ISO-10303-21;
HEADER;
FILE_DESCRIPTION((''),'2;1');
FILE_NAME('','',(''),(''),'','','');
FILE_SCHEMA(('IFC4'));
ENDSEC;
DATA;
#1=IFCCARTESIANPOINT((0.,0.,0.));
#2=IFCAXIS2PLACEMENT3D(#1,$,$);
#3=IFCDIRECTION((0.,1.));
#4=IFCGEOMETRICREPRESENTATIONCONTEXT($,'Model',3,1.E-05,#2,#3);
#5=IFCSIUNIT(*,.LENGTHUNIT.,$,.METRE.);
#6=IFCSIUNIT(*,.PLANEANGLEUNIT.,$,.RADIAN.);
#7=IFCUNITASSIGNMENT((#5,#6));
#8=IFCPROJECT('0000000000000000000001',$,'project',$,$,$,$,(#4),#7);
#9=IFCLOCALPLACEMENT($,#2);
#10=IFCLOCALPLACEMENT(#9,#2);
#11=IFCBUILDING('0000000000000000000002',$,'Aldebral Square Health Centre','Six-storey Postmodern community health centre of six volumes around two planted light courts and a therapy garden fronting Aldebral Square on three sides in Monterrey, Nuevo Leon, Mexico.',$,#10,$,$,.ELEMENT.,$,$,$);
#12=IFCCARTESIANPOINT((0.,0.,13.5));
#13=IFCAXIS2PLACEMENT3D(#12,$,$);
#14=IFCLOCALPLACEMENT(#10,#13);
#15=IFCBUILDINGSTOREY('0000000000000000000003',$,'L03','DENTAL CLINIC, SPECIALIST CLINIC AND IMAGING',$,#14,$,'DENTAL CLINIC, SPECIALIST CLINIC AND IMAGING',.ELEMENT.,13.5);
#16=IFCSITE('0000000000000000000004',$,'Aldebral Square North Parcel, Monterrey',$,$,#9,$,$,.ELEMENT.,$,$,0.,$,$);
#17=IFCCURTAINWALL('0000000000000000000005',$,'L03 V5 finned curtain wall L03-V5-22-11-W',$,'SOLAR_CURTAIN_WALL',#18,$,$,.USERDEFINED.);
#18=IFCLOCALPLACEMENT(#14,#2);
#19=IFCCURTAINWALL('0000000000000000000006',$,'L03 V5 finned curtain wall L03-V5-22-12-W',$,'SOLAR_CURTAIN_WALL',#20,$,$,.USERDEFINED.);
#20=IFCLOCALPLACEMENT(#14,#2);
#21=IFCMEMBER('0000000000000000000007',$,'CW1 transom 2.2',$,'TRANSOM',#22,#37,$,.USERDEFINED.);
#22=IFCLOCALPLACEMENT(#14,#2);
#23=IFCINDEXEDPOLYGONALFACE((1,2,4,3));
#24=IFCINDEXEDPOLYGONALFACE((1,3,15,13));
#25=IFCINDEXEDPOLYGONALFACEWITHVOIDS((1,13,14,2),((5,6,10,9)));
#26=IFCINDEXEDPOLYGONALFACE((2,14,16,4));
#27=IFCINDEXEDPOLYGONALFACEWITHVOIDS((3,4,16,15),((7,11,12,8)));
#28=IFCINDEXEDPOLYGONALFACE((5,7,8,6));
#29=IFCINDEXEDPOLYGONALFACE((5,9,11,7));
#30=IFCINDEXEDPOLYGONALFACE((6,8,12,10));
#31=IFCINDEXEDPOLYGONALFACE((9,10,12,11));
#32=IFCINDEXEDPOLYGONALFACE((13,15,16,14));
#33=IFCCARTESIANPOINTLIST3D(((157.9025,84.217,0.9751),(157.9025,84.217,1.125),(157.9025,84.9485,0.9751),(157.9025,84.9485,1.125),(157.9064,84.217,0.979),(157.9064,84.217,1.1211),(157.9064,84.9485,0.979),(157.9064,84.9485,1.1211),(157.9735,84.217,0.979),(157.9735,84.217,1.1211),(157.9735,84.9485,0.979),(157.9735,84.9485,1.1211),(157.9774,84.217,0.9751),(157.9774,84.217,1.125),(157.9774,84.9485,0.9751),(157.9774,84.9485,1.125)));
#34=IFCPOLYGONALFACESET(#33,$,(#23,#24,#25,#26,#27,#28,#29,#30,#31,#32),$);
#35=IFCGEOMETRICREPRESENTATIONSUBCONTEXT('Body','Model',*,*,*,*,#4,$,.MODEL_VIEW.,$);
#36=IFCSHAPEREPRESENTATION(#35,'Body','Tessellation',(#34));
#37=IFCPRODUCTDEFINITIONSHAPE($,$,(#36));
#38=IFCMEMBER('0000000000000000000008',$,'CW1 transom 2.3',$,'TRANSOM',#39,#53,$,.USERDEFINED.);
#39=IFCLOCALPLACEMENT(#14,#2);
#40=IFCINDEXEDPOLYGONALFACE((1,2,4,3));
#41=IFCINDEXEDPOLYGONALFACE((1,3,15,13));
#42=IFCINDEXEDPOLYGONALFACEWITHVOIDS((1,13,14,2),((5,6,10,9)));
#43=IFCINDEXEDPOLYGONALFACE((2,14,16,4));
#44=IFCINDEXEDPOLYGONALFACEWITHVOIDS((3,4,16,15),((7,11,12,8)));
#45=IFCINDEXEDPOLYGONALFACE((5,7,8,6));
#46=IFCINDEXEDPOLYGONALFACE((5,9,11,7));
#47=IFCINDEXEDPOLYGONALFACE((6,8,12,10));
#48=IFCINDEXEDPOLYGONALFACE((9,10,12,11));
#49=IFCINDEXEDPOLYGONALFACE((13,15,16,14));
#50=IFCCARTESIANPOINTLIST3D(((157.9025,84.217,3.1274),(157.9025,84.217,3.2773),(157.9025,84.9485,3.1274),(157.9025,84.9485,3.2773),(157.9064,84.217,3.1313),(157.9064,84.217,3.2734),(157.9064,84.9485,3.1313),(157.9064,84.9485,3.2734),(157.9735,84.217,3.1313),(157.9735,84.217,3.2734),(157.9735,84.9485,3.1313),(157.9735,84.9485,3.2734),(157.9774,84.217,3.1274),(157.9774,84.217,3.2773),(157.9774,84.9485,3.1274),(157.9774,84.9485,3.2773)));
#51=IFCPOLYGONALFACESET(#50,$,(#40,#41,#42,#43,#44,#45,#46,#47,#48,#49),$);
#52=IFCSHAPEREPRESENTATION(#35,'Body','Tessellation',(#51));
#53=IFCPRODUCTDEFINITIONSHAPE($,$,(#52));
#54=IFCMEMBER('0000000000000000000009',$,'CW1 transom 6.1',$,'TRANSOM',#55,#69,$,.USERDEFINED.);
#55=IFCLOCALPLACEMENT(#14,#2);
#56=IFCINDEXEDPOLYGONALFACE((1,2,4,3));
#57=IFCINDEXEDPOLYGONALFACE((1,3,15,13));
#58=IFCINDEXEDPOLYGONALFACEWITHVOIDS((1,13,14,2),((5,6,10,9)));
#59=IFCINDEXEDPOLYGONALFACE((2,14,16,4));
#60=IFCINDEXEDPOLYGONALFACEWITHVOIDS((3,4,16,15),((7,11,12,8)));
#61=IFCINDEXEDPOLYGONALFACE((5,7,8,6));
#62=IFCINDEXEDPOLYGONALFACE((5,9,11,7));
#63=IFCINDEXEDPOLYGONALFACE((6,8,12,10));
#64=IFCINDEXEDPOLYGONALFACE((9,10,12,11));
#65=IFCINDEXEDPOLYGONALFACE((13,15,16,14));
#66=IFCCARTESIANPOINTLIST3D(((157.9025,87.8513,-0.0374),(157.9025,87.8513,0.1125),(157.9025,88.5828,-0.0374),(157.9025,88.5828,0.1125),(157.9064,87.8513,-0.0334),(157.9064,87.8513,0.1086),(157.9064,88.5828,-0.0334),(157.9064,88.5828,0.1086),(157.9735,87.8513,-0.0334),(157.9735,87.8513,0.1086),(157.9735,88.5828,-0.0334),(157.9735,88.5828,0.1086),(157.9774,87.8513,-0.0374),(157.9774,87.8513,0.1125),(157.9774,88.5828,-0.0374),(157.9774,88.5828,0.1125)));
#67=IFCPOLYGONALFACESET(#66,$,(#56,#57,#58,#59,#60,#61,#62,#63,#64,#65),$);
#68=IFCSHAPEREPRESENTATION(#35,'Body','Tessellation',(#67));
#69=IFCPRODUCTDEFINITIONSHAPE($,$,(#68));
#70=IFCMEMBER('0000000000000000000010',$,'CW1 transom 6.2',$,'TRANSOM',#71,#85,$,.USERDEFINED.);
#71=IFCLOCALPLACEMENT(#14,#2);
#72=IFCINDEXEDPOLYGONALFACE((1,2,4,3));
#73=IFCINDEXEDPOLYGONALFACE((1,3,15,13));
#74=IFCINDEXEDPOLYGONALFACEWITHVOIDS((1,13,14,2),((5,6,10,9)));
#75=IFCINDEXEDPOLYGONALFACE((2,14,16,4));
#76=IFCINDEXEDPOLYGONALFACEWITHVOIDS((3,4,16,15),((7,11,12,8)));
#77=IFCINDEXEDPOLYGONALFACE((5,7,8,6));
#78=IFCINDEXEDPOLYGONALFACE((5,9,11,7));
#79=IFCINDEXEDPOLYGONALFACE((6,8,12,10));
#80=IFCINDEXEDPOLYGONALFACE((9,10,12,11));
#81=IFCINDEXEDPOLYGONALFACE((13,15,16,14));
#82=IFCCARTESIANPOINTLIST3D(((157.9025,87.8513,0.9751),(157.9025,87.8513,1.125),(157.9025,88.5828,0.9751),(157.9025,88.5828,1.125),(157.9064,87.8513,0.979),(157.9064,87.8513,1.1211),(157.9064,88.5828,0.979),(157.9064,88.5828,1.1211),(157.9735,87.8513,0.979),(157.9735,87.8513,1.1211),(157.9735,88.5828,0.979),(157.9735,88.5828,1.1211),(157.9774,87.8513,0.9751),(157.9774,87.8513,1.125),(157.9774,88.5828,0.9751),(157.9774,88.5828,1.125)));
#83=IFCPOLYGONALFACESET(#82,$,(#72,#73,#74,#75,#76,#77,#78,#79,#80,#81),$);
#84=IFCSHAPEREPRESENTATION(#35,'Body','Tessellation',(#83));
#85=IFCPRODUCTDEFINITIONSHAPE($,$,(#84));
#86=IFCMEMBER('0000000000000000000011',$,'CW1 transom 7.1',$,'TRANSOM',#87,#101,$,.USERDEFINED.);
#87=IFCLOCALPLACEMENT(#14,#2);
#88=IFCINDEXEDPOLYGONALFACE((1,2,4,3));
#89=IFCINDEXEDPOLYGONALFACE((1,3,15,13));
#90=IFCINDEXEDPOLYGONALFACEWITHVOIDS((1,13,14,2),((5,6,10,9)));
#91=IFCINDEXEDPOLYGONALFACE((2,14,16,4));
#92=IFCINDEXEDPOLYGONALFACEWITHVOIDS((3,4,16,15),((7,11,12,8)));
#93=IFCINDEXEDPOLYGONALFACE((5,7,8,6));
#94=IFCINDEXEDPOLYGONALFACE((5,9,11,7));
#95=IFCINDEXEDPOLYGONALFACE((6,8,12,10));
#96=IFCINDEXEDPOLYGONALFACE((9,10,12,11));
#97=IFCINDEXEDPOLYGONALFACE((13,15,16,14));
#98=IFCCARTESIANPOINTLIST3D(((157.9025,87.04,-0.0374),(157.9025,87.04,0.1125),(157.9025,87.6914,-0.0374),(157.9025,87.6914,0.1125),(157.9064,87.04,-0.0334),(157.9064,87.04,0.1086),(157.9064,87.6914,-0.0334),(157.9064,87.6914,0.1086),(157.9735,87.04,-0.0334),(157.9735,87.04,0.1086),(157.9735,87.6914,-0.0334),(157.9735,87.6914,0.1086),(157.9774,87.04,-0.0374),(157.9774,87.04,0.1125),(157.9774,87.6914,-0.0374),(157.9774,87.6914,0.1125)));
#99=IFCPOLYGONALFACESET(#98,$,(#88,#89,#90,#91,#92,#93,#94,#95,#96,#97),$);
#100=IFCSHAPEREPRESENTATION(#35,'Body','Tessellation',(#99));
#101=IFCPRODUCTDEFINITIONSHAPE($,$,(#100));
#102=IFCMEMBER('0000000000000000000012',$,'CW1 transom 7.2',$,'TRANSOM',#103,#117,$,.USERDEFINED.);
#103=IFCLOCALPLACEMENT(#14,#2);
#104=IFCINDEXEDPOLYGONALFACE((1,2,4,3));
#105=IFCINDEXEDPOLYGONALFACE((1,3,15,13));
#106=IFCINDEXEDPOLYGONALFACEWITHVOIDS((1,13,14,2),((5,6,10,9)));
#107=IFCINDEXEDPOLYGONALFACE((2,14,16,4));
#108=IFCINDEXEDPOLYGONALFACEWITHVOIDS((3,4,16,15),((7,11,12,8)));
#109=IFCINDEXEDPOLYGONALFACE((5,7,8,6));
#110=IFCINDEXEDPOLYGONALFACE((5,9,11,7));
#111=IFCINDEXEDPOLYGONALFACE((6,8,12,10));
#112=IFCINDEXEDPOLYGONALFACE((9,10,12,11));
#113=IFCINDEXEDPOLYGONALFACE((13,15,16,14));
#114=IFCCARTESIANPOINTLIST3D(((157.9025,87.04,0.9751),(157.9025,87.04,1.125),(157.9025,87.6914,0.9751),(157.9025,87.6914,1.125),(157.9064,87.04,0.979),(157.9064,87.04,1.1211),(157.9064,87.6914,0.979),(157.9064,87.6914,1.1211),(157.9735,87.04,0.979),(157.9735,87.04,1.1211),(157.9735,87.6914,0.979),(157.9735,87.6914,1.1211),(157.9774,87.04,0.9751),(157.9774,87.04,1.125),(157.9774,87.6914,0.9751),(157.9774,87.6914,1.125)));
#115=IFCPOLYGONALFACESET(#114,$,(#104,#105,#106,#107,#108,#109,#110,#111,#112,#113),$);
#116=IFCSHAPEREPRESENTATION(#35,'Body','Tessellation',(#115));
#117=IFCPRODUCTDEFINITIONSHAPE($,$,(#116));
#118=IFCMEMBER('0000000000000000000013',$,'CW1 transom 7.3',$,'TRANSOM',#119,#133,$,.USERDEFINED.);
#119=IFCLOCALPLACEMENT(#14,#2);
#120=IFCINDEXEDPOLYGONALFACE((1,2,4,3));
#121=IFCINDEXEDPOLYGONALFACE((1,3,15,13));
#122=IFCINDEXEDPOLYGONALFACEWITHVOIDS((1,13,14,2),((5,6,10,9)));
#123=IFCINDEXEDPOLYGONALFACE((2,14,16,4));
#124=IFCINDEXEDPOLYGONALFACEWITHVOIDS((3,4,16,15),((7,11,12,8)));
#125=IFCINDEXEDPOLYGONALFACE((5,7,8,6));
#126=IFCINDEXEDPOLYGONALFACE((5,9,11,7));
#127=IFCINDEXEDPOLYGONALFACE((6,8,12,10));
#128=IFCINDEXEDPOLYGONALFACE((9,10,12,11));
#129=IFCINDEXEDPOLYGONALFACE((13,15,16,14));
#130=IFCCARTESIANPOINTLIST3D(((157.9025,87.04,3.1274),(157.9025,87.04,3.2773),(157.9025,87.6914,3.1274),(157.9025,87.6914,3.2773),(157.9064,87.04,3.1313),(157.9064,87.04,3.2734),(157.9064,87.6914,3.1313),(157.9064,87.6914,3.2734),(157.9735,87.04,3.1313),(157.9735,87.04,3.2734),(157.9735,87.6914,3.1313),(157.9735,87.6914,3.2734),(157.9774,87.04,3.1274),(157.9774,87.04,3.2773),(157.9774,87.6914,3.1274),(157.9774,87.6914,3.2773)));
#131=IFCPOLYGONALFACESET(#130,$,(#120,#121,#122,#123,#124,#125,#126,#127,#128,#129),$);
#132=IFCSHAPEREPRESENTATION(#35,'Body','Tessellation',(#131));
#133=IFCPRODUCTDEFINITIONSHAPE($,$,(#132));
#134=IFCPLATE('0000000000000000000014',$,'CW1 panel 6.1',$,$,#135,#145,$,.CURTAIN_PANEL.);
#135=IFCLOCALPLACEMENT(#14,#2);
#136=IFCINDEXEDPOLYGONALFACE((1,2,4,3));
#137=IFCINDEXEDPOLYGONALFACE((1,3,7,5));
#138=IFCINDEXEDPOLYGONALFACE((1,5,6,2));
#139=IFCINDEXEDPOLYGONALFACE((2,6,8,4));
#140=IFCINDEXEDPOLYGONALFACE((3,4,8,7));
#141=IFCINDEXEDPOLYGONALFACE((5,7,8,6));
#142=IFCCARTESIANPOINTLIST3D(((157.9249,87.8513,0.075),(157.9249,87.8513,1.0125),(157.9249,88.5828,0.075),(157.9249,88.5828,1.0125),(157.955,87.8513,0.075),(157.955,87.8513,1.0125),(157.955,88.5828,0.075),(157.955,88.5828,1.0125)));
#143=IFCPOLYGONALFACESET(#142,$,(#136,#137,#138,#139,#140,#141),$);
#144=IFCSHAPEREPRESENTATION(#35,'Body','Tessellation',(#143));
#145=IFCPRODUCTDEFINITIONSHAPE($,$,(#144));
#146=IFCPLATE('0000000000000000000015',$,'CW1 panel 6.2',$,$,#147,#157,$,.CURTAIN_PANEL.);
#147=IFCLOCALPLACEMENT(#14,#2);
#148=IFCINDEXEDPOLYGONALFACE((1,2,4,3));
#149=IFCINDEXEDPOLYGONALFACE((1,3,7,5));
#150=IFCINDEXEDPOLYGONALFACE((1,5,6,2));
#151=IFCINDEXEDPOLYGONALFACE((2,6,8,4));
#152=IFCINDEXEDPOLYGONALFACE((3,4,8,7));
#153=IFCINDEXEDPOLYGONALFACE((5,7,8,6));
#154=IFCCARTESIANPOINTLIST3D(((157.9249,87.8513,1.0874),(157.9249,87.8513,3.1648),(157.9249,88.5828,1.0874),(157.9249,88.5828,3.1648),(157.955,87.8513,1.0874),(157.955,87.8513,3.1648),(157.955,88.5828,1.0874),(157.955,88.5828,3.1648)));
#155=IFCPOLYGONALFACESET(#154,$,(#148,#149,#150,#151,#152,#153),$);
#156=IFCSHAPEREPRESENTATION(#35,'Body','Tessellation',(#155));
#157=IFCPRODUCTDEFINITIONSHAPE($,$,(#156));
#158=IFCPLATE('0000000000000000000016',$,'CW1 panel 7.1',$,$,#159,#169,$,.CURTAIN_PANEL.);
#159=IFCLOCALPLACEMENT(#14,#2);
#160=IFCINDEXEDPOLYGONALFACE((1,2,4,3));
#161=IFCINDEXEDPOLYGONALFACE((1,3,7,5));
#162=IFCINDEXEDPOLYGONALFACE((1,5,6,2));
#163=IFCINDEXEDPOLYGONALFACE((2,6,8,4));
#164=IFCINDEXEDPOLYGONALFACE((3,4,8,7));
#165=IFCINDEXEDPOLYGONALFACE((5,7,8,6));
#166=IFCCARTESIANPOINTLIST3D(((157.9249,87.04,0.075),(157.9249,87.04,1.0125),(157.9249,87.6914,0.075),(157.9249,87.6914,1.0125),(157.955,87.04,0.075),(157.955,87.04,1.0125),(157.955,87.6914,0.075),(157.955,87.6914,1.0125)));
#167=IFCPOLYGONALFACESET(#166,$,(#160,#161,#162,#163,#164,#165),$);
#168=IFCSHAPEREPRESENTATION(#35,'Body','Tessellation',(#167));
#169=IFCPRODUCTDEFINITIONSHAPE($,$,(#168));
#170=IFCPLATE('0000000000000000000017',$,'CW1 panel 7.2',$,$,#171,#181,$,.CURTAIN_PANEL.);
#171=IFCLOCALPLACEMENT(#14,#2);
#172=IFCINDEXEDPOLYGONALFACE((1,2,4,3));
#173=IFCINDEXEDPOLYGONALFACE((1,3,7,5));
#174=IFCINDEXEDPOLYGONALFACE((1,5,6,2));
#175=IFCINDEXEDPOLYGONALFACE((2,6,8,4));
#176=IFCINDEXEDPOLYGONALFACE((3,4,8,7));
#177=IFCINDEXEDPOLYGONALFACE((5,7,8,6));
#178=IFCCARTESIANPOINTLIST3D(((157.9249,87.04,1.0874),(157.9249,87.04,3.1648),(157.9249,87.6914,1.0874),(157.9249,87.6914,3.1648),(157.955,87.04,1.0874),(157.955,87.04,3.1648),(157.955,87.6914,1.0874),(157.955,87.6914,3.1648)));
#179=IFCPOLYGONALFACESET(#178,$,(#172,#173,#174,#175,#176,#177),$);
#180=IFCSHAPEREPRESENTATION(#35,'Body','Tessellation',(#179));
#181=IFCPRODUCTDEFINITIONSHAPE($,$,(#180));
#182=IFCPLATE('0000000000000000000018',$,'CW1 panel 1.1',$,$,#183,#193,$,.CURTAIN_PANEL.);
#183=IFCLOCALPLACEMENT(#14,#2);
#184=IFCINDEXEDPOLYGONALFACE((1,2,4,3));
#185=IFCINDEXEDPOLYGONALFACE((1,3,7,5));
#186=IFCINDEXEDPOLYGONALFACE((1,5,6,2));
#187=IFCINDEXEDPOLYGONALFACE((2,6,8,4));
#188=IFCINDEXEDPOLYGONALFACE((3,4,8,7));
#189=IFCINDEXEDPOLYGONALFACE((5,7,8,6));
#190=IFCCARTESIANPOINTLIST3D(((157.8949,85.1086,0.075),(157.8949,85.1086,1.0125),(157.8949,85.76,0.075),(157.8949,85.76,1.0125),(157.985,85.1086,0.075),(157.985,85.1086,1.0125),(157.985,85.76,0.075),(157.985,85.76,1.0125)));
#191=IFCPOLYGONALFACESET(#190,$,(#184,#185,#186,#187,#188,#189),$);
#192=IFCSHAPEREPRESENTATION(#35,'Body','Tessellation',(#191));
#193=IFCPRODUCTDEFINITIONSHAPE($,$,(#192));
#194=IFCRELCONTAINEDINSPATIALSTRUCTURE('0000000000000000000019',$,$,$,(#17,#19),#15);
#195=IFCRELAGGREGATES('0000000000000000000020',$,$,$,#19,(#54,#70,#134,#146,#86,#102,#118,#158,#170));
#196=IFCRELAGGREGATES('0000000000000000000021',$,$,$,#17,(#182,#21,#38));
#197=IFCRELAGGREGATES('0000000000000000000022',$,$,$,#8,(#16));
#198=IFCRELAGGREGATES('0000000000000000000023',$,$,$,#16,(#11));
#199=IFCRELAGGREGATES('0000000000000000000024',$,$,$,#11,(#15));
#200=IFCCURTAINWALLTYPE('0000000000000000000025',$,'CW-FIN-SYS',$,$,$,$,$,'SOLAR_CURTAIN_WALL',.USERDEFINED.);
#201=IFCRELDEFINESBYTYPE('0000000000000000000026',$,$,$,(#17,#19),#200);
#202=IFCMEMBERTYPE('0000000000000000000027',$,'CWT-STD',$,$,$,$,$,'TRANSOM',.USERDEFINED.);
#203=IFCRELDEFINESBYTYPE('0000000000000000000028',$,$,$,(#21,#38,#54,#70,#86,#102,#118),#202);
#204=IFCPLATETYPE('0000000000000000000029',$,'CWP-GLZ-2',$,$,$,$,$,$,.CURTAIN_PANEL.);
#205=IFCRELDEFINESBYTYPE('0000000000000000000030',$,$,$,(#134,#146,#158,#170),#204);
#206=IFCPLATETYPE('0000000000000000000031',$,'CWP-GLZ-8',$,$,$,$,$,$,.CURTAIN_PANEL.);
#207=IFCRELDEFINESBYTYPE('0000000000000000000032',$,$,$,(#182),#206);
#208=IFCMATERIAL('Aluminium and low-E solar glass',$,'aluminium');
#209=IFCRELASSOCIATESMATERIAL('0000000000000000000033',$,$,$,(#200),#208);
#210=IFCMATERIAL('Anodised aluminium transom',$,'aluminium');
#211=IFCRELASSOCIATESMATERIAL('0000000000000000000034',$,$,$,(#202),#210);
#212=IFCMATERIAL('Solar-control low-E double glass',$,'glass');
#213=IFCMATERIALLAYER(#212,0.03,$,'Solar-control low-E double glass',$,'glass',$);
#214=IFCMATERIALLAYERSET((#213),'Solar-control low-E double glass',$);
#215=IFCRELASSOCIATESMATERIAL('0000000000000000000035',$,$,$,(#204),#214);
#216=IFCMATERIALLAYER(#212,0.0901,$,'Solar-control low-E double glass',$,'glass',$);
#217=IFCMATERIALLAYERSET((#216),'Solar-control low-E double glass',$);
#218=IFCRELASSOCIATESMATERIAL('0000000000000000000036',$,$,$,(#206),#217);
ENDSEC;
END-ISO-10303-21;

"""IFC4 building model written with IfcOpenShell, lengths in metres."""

from ifc_helpers import new_model, si_unit, direction, frame, origin, origin_2d, place, context, subcontext, project, spatial, rectangle, hollow_rectangle, extrude, material, layer, layer_set, material_profile, profile_set, type_object, element, aggregate, save


model = new_model("IFC4")

# Units and contexts
model_context = context("Model", 3, precision=1e-05, world=origin(), true_north=direction((0.0, 1.0)))
body_context = subcontext(model_context, "Body", "Model", "MODEL_VIEW")
ifc_project = project(units=[si_unit("LENGTHUNIT", "METRE"), si_unit("PLANEANGLEUNIT", "RADIAN")], contexts=[model_context])

# Site, building, storey
site_placement = place(None, origin())
site = spatial("IfcSite", under=ifc_project, at=site_placement, Name="Aldebral Square North Parcel, Monterrey", CompositionType="ELEMENT", RefElevation=0.0)
building_placement = place(site_placement, origin())
building = spatial("IfcBuilding", under=site, at=building_placement, Name="Aldebral Square Health Centre", Description="Six-storey Postmodern community health centre of six volumes around two planted light courts and a therapy garden fronting Aldebral Square on three sides in Monterrey, Nuevo Leon, Mexico.", CompositionType="ELEMENT")
storey_placement = place(building_placement, frame((0.0, 0.0, 13.5)))
storey = spatial("IfcBuildingStorey", under=building, at=storey_placement, Name="L03", Description="DENTAL CLINIC, SPECIALIST CLINIC AND IMAGING", LongName="DENTAL CLINIC, SPECIALIST CLINIC AND IMAGING", CompositionType="ELEMENT", Elevation=13.5)

# Curtain walls
ifc_material_1 = material(Name="Aluminium and low-E solar glass", Category="aluminium")
curtain_wall_type = type_object("IfcCurtainWallType", Name="CW-FIN-SYS", ElementType="SOLAR_CURTAIN_WALL", PredefinedType="USERDEFINED", material=ifc_material_1)
curtain_wall_1_placement = place(storey_placement, origin())
curtain_wall_1 = element("IfcCurtainWall", 1, at=curtain_wall_1_placement, inside=storey, type_object=curtain_wall_type, Name="L03 V5 finned curtain wall L03-V5-22-11-W", ObjectType="SOLAR_CURTAIN_WALL", PredefinedType="USERDEFINED")
curtain_wall_2_placement = place(storey_placement, origin())
curtain_wall_2 = element("IfcCurtainWall", 2, at=curtain_wall_2_placement, inside=storey, type_object=curtain_wall_type, Name="L03 V5 finned curtain wall L03-V5-22-12-W", ObjectType="SOLAR_CURTAIN_WALL", PredefinedType="USERDEFINED")

# Members
ifc_material_2 = material(Name="Anodised aluminium transom", Category="aluminium")
ifc_material_profile_1 = material_profile(ifc_material_2, hollow_rectangle(XDim=0.075, YDim=0.1499, WallThickness=0.0039, at=origin_2d()), Name="CWT 75x150x4")
ifc_profile_set_1 = profile_set([ifc_material_profile_1], Name="Anodised aluminium transom")
member_type_1 = type_object("IfcMemberType", Name="CWT-STD", ElementType="TRANSOM", PredefinedType="USERDEFINED", material=ifc_profile_set_1)
member_1_placement = place(storey_placement, frame((157.9399, 84.9485, 1.05), z_axis=(0.0, -1.0, 0.0), x_axis=(1.0, 0.0, 0.0)))
member_1 = element("IfcMember", 3, at=member_1_placement, type_object=member_type_1, Name="CW1 transom 2.2", ObjectType="TRANSOM", PredefinedType="USERDEFINED", context=body_context, shape_type="SweptSolid", body=[
    extrude(hollow_rectangle(XDim=0.075, YDim=0.1499, WallThickness=0.0039, at=origin_2d()), origin(), (0.0, 0.0, 1.0), 0.7314),
])
member_2_placement = place(storey_placement, frame((157.9399, 84.9485, 3.2024), z_axis=(0.0, -1.0, 0.0), x_axis=(1.0, 0.0, 0.0)))
member_2 = element("IfcMember", 4, at=member_2_placement, type_object=member_type_1, Name="CW1 transom 2.3", ObjectType="TRANSOM", PredefinedType="USERDEFINED", context=body_context, shape_type="SweptSolid", body=[
    extrude(hollow_rectangle(XDim=0.075, YDim=0.1499, WallThickness=0.0039, at=origin_2d()), origin(), (0.0, 0.0, 1.0), 0.7314),
])
member_3_placement = place(storey_placement, frame((157.9399, 88.5828, 0.0376), z_axis=(0.0, -1.0, 0.0), x_axis=(1.0, 0.0, 0.0)))
member_3 = element("IfcMember", 5, at=member_3_placement, type_object=member_type_1, Name="CW1 transom 6.1", ObjectType="TRANSOM", PredefinedType="USERDEFINED", context=body_context, shape_type="SweptSolid", body=[
    extrude(hollow_rectangle(XDim=0.075, YDim=0.1499, WallThickness=0.0039, at=origin_2d()), origin(), (0.0, 0.0, 1.0), 0.7314),
])
member_4_placement = place(storey_placement, frame((157.9399, 88.5828, 1.05), z_axis=(0.0, -1.0, 0.0), x_axis=(1.0, 0.0, 0.0)))
member_4 = element("IfcMember", 6, at=member_4_placement, type_object=member_type_1, Name="CW1 transom 6.2", ObjectType="TRANSOM", PredefinedType="USERDEFINED", context=body_context, shape_type="SweptSolid", body=[
    extrude(hollow_rectangle(XDim=0.075, YDim=0.1499, WallThickness=0.0039, at=origin_2d()), origin(), (0.0, 0.0, 1.0), 0.7314),
])
member_5_placement = place(storey_placement, frame((157.9399, 87.6914, 0.0376), z_axis=(0.0, -1.0, 0.0), x_axis=(1.0, 0.0, 0.0)))
member_5 = element("IfcMember", 7, at=member_5_placement, type_object=member_type_1, Name="CW1 transom 7.1", ObjectType="TRANSOM", PredefinedType="USERDEFINED", context=body_context, shape_type="SweptSolid", body=[
    extrude(hollow_rectangle(XDim=0.075, YDim=0.1499, WallThickness=0.0039, at=origin_2d()), origin(), (0.0, 0.0, 1.0), 0.6514),
])
member_6_placement = place(storey_placement, frame((157.9399, 87.6914, 1.05), z_axis=(0.0, -1.0, 0.0), x_axis=(1.0, 0.0, 0.0)))
member_6 = element("IfcMember", 8, at=member_6_placement, type_object=member_type_1, Name="CW1 transom 7.2", ObjectType="TRANSOM", PredefinedType="USERDEFINED", context=body_context, shape_type="SweptSolid", body=[
    extrude(hollow_rectangle(XDim=0.075, YDim=0.1499, WallThickness=0.0039, at=origin_2d()), origin(), (0.0, 0.0, 1.0), 0.6514),
])
member_7_placement = place(storey_placement, frame((157.9399, 87.6914, 3.2024), z_axis=(0.0, -1.0, 0.0), x_axis=(1.0, 0.0, 0.0)))
member_7 = element("IfcMember", 9, at=member_7_placement, type_object=member_type_1, Name="CW1 transom 7.3", ObjectType="TRANSOM", PredefinedType="USERDEFINED", context=body_context, shape_type="SweptSolid", body=[
    extrude(hollow_rectangle(XDim=0.075, YDim=0.1499, WallThickness=0.0039, at=origin_2d()), origin(), (0.0, 0.0, 1.0), 0.6514),
])

# Plates
ifc_material_3 = material(Name="Solar-control low-E double glass", Category="glass")
ifc_layer_1 = layer(ifc_material_3, 0.03, Name="Solar-control low-E double glass", Category="glass")
ifc_layer_set_1 = layer_set([ifc_layer_1], Name="Solar-control low-E double glass")
plate_type_1 = type_object("IfcPlateType", Name="CWP-GLZ-2", PredefinedType="CURTAIN_PANEL", material=ifc_layer_set_1)
plate_1_placement = place(storey_placement, frame((157.9399, 88.217, 0.075), z_axis=(0.0, 0.0, 1.0), x_axis=(0.0, -1.0, 0.0)))
plate_1 = element("IfcPlate", 10, at=plate_1_placement, type_object=plate_type_1, Name="CW1 panel 6.1", PredefinedType="CURTAIN_PANEL", context=body_context, shape_type="SweptSolid", body=[
    extrude(rectangle(XDim=0.7314, YDim=0.03, at=origin_2d()), origin(), (0.0, 0.0, 1.0), 0.9375),
])
plate_2_placement = place(storey_placement, frame((157.9399, 88.217, 1.0874), z_axis=(0.0, 0.0, 1.0), x_axis=(0.0, -1.0, 0.0)))
plate_2 = element("IfcPlate", 11, at=plate_2_placement, type_object=plate_type_1, Name="CW1 panel 6.2", PredefinedType="CURTAIN_PANEL", context=body_context, shape_type="SweptSolid", body=[
    extrude(rectangle(XDim=0.7314, YDim=0.03, at=origin_2d()), origin(), (0.0, 0.0, 1.0), 2.0774),
])
plate_3_placement = place(storey_placement, frame((157.9399, 87.3657, 0.075), z_axis=(0.0, 0.0, 1.0), x_axis=(0.0, -1.0, 0.0)))
plate_3 = element("IfcPlate", 12, at=plate_3_placement, type_object=plate_type_1, Name="CW1 panel 7.1", PredefinedType="CURTAIN_PANEL", context=body_context, shape_type="SweptSolid", body=[
    extrude(rectangle(XDim=0.6514, YDim=0.03, at=origin_2d()), origin(), (0.0, 0.0, 1.0), 0.9375),
])
plate_4_placement = place(storey_placement, frame((157.9399, 87.3657, 1.0874), z_axis=(0.0, 0.0, 1.0), x_axis=(0.0, -1.0, 0.0)))
plate_4 = element("IfcPlate", 13, at=plate_4_placement, type_object=plate_type_1, Name="CW1 panel 7.2", PredefinedType="CURTAIN_PANEL", context=body_context, shape_type="SweptSolid", body=[
    extrude(rectangle(XDim=0.6514, YDim=0.03, at=origin_2d()), origin(), (0.0, 0.0, 1.0), 2.0774),
])
aggregate(curtain_wall_2, [member_3, member_4, plate_1, plate_2, member_5, member_6, member_7, plate_3, plate_4])
ifc_layer_2 = layer(ifc_material_3, 0.0901, Name="Solar-control low-E double glass", Category="glass")
ifc_layer_set_2 = layer_set([ifc_layer_2], Name="Solar-control low-E double glass")
plate_type_2 = type_object("IfcPlateType", Name="CWP-GLZ-8", PredefinedType="CURTAIN_PANEL", material=ifc_layer_set_2)
plate_5_placement = place(storey_placement, frame((157.9399, 85.4343, 0.075), z_axis=(0.0, 0.0, 1.0), x_axis=(0.0, -1.0, 0.0)))
plate_5 = element("IfcPlate", 14, at=plate_5_placement, type_object=plate_type_2, Name="CW1 panel 1.1", PredefinedType="CURTAIN_PANEL", context=body_context, shape_type="SweptSolid", body=[
    extrude(rectangle(XDim=0.6514, YDim=0.0901, at=origin_2d()), origin(), (0.0, 0.0, 1.0), 0.9375),
])
aggregate(curtain_wall_1, [plate_5, member_1, member_2])

save(model, "model.ifc")
